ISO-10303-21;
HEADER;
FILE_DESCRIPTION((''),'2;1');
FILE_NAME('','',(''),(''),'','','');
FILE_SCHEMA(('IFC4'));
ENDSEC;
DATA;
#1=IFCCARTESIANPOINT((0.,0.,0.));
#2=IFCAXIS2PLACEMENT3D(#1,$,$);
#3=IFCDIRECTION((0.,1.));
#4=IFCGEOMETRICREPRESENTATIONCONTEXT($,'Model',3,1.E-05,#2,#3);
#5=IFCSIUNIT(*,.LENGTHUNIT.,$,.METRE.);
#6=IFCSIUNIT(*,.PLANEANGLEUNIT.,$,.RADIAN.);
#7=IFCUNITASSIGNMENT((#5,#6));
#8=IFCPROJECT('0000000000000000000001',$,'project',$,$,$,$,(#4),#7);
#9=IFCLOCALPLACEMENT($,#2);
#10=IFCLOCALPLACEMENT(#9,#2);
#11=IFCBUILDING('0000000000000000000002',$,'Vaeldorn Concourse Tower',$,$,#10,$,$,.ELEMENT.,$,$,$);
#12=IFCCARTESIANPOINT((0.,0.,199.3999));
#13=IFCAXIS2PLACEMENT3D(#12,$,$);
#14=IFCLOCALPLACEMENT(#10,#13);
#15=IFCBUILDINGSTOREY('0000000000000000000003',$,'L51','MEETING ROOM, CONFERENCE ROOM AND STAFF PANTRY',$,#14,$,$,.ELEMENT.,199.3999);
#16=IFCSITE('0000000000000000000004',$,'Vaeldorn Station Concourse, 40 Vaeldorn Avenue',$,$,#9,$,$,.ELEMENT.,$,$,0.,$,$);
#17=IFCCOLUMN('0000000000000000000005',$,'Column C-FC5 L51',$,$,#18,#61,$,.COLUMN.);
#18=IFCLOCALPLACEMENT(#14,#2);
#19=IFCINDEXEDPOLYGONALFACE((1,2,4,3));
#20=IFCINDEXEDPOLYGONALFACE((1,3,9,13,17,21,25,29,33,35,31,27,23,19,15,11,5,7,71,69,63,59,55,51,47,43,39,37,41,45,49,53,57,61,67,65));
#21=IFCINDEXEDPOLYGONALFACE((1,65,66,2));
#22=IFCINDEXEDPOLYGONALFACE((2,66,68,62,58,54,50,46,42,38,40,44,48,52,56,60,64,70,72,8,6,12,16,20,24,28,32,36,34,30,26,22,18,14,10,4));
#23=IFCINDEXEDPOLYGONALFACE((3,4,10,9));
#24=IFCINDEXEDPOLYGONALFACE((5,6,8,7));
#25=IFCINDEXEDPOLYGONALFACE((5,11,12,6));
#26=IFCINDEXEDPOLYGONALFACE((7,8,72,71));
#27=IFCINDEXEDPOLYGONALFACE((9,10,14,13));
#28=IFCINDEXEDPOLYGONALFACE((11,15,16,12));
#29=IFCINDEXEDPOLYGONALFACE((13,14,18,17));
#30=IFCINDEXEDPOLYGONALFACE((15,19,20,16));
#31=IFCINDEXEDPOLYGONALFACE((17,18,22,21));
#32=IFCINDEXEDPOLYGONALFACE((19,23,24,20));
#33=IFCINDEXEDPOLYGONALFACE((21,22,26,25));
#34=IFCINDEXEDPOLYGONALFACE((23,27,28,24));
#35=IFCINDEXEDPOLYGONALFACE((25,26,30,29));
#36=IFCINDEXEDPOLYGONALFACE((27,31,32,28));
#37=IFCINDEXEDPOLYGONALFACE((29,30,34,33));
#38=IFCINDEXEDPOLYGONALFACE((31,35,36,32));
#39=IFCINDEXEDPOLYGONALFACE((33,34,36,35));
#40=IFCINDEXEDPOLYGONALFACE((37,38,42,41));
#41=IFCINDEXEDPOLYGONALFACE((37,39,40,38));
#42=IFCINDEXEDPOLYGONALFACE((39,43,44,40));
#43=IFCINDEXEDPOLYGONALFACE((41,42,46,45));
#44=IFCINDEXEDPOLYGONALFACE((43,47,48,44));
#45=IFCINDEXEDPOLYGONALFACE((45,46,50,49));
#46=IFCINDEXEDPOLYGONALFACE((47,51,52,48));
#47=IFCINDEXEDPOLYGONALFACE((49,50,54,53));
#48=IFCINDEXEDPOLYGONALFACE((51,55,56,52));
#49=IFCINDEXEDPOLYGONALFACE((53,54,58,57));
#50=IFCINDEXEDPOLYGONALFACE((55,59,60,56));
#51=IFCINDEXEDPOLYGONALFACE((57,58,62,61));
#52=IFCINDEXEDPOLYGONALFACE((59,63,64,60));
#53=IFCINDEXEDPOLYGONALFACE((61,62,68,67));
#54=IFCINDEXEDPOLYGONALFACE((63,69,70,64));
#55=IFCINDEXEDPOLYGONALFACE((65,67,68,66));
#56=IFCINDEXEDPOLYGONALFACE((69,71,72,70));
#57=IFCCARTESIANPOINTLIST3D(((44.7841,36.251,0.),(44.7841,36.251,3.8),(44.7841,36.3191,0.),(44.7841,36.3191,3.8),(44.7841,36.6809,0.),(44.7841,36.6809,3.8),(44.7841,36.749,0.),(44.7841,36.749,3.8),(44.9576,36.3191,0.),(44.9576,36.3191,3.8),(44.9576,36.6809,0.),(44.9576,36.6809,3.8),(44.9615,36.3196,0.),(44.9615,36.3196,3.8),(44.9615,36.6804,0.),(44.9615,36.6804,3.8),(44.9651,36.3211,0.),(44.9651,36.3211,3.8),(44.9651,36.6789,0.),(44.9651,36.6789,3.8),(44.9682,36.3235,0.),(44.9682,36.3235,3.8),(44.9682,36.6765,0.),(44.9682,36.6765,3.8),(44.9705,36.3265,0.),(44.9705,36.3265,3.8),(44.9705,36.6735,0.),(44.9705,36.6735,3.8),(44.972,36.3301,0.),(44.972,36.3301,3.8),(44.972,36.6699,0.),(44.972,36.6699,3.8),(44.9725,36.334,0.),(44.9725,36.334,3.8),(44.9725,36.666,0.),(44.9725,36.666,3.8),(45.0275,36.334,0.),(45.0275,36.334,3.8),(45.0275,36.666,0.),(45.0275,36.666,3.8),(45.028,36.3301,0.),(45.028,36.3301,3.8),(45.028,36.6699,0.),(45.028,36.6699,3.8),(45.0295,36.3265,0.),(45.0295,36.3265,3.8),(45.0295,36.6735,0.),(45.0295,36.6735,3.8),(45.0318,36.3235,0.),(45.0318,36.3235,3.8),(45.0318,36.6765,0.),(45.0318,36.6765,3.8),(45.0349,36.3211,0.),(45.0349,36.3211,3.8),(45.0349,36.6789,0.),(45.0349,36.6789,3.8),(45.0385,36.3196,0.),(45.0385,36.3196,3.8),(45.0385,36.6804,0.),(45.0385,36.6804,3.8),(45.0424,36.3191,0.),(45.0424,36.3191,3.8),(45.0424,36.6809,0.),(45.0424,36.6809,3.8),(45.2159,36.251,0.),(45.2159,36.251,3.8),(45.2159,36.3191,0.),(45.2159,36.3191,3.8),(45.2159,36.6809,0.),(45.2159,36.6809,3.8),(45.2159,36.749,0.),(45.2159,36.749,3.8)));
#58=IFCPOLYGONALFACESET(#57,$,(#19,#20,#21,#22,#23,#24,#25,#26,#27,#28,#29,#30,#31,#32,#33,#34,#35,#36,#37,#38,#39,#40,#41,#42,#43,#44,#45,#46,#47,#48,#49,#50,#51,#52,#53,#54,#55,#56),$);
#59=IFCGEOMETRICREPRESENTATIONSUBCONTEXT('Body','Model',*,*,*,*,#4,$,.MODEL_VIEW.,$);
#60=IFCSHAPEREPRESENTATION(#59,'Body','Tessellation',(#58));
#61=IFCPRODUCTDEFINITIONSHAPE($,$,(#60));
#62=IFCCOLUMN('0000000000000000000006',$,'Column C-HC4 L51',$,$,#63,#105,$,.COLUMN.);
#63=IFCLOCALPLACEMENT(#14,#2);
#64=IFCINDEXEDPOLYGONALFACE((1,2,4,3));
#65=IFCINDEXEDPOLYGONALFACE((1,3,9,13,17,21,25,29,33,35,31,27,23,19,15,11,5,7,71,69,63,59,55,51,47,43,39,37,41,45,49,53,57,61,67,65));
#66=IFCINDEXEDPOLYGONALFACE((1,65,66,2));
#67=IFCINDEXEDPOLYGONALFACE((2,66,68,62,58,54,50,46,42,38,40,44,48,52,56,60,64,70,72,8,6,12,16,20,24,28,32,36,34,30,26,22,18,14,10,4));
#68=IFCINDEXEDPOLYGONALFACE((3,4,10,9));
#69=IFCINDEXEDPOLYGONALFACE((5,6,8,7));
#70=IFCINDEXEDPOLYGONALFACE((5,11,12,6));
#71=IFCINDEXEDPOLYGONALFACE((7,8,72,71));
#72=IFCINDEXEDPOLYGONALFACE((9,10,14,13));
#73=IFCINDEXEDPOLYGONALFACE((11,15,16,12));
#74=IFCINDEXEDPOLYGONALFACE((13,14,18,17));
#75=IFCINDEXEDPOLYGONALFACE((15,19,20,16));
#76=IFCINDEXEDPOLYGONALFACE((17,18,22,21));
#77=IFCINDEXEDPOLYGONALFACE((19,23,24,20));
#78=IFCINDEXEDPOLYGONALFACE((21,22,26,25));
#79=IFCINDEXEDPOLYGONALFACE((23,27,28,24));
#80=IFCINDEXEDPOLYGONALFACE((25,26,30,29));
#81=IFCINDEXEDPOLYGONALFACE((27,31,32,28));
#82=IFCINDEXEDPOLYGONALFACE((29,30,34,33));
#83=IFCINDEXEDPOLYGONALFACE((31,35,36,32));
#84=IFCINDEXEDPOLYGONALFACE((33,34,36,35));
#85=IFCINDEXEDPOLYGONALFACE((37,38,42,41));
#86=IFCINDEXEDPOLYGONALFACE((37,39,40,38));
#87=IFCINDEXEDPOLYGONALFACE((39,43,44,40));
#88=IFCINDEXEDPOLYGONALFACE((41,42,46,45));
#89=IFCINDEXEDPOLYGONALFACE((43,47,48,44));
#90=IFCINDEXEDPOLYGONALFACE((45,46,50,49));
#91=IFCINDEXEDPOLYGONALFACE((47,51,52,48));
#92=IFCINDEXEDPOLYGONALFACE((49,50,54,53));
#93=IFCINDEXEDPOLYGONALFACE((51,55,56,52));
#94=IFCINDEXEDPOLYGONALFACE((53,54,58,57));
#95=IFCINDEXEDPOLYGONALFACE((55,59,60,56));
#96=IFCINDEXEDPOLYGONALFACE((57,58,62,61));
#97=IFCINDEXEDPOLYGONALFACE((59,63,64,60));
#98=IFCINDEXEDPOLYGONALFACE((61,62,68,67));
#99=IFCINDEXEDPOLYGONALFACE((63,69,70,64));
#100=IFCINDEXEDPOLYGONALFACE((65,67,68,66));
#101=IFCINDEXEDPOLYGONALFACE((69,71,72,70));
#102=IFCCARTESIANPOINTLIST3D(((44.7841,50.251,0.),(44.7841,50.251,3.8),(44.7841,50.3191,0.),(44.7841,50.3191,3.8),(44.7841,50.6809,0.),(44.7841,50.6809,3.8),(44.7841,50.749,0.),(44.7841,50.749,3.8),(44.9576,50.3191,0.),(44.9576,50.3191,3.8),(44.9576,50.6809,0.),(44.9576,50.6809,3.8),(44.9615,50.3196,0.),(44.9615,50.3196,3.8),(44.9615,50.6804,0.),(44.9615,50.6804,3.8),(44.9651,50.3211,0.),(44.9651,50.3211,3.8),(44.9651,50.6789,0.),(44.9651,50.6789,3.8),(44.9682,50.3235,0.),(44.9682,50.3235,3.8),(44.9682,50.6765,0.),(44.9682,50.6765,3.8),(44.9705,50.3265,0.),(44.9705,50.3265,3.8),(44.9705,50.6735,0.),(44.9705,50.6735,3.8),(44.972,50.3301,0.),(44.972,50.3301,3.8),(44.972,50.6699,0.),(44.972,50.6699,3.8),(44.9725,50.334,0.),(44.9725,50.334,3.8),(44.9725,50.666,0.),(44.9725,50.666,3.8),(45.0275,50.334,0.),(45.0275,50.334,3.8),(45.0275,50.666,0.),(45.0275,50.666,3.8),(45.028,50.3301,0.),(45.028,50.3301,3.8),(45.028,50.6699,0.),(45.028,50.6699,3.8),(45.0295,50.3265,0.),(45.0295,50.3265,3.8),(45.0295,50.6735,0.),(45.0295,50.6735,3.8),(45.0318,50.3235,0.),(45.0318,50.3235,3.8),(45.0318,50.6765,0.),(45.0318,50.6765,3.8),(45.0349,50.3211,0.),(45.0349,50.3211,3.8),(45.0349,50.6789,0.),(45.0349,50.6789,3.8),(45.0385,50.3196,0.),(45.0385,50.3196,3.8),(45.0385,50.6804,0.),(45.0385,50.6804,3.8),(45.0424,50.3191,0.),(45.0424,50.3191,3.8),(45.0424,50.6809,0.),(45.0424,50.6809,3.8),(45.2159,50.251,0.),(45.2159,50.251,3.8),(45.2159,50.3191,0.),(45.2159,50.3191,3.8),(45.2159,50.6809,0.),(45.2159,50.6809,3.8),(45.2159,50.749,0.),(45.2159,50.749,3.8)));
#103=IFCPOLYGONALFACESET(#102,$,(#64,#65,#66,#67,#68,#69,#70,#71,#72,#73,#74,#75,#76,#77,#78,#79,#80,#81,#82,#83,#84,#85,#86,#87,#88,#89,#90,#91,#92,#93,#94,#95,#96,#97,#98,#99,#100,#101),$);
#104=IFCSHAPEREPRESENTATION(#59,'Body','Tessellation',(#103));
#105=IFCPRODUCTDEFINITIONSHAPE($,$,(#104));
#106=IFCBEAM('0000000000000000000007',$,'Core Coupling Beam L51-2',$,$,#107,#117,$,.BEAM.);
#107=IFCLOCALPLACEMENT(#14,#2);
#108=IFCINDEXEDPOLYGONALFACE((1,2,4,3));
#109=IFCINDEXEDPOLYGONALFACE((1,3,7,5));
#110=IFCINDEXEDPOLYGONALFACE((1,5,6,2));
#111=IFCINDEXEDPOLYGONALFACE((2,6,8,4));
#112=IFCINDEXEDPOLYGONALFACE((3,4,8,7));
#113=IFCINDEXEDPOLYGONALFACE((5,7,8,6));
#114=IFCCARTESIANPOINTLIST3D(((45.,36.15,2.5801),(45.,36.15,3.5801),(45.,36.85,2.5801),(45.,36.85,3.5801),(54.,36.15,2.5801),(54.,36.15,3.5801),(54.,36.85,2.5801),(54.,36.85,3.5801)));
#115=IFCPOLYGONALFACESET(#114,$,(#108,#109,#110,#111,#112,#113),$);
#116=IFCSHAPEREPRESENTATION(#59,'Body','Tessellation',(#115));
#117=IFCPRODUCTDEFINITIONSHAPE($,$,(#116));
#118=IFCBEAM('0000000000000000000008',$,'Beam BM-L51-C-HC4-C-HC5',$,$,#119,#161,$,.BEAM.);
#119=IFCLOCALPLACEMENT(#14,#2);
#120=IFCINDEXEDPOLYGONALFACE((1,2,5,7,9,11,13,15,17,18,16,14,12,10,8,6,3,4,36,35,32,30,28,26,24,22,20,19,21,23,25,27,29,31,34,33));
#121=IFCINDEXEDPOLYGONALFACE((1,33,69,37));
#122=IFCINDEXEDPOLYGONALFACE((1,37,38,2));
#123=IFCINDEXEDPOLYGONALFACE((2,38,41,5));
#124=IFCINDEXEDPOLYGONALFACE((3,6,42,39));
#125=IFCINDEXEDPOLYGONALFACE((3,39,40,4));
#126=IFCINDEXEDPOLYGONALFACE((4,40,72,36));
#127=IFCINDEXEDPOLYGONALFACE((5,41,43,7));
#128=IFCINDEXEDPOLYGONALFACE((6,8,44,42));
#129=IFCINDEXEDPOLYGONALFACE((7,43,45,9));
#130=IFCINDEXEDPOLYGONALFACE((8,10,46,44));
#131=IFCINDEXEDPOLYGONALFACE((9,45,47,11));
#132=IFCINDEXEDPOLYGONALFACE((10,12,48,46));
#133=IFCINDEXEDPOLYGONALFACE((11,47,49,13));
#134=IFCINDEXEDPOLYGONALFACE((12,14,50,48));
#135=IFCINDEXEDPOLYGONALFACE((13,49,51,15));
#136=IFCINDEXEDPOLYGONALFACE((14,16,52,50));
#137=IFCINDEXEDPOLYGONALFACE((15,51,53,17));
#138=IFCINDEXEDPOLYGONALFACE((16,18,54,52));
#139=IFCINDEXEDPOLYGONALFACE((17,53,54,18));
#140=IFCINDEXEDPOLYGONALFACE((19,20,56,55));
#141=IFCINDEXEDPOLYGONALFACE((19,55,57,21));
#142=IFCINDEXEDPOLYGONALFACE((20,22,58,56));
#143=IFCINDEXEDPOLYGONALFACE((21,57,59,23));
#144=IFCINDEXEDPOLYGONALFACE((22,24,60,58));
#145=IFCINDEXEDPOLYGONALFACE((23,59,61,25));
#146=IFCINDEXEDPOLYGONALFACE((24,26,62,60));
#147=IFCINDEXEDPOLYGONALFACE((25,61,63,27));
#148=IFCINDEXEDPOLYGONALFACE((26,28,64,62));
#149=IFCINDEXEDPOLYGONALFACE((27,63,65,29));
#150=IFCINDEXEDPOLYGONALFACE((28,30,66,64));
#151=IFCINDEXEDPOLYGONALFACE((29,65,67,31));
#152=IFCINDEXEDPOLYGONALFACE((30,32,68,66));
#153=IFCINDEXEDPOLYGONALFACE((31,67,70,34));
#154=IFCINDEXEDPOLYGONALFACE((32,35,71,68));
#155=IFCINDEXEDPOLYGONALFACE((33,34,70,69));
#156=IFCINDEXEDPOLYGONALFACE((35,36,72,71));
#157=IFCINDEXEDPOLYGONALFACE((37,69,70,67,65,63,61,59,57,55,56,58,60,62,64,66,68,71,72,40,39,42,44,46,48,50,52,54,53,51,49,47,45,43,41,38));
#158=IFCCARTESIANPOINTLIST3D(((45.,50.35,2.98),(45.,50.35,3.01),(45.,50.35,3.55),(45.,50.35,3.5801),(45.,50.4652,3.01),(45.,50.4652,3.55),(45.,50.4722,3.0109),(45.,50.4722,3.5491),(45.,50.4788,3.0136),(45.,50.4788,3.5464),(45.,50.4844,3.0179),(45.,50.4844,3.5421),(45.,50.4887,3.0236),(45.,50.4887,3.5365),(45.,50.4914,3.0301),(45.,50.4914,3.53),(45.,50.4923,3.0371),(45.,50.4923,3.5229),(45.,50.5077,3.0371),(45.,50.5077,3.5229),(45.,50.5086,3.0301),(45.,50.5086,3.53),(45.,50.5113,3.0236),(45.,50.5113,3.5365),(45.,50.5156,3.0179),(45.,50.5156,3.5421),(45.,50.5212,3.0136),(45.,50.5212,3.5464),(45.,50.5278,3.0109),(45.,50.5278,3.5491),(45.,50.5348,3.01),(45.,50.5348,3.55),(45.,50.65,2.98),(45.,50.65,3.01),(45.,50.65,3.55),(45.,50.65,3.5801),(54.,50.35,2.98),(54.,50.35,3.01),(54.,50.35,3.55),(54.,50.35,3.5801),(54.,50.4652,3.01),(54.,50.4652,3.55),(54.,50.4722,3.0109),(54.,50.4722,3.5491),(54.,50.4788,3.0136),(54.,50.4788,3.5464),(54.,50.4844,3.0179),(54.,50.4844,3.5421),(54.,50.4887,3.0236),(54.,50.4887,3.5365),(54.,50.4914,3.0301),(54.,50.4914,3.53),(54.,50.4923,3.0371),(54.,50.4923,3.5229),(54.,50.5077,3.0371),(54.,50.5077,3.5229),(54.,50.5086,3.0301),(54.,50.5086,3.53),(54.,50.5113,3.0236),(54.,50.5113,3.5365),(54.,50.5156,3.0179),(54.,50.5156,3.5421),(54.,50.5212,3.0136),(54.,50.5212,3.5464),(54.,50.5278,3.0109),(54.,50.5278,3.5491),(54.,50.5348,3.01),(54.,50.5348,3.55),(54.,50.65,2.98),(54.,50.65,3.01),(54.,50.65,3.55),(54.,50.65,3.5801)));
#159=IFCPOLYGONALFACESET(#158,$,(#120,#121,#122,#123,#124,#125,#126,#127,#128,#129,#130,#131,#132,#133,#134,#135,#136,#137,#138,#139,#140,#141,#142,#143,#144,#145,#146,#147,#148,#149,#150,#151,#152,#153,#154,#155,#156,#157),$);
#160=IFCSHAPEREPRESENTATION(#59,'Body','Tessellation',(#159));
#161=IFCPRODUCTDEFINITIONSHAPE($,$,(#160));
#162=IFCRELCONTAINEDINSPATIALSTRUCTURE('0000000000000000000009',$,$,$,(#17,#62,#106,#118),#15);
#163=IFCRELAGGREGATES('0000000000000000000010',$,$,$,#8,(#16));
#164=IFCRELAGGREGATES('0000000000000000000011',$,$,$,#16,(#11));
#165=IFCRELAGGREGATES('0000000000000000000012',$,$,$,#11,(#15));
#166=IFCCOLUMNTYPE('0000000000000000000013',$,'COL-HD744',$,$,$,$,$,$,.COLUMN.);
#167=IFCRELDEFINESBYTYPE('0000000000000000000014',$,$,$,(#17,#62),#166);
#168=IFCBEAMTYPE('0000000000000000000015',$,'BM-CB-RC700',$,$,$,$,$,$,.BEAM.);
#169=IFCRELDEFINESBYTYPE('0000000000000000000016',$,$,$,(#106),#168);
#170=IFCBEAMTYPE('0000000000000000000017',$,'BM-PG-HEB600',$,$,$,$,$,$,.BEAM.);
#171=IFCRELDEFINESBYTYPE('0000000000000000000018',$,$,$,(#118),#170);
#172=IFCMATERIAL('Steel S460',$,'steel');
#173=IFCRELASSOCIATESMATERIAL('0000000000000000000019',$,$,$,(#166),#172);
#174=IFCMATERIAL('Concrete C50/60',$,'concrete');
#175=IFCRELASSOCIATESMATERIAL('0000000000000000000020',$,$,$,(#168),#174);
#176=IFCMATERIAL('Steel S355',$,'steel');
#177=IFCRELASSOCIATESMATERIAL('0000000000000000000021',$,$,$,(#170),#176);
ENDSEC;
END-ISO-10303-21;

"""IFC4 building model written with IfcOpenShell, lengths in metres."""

from ifc_helpers import new_model, si_unit, direction, frame, origin, origin_2d, place, context, subcontext, project, spatial, rectangle, i_section, extrude, source, transform, mapped, material, material_profile, profile_set, type_object, element, save


model = new_model("IFC4")

# Units and contexts
model_context = context("Model", 3, precision=1e-05, world=origin(), true_north=direction((0.0, 1.0)))
body_context = subcontext(model_context, "Body", "Model", "MODEL_VIEW")
ifc_project = project(units=[si_unit("LENGTHUNIT", "METRE"), si_unit("PLANEANGLEUNIT", "RADIAN")], contexts=[model_context])

# Site, building, storey
site_placement = place(None, origin())
site = spatial("IfcSite", under=ifc_project, at=site_placement, Name="Vaeldorn Station Concourse, 40 Vaeldorn Avenue", CompositionType="ELEMENT", RefElevation=0.0)
building_placement = place(site_placement, origin())
building = spatial("IfcBuilding", under=site, at=building_placement, Name="Vaeldorn Concourse Tower", CompositionType="ELEMENT")
storey_placement = place(building_placement, frame((0.0, 0.0, 199.3999)))
storey = spatial("IfcBuildingStorey", under=building, at=storey_placement, Name="L51", Description="MEETING ROOM, CONFERENCE ROOM AND STAFF PANTRY", CompositionType="ELEMENT", Elevation=199.3999)

# Columns
ifc_material_1 = material(Name="Steel S460", Category="steel")
ifc_material_profile_1 = material_profile(ifc_material_1, i_section(OverallWidth=0.4319, OverallDepth=0.498, WebThickness=0.0549, FlangeThickness=0.0681, FilletRadius=0.0149, at=origin_2d()), Name="HD 400x744")
ifc_profile_set_1 = profile_set([ifc_material_profile_1], Name="Steel S460")
column_type = type_object("IfcColumnType", Name="COL-HD744", PredefinedType="COLUMN", material=ifc_profile_set_1)
shared_shape_1 = source(origin(), body_context, "Body", "SweptSolid", [
    extrude(i_section(OverallWidth=0.4319, OverallDepth=0.498, WebThickness=0.0549, FlangeThickness=0.0681, FilletRadius=0.0149, at=origin_2d()), origin(), (0.0, 0.0, 1.0), 3.8),
])
for number, where, z_axis, x_axis, name in (
    (1, (45.0, 36.5, 0.0), (0.0, 0.0, 1.0), (1.0, 0.0, 0.0), "Column C-FC5 L51"),
    (2, (45.0, 50.5, 0.0), (0.0, 0.0, 1.0), (1.0, 0.0, 0.0), "Column C-HC4 L51"),
):
    element("IfcColumn", number, at=place(storey_placement, frame(where, z_axis=z_axis, x_axis=x_axis)), inside=storey, type_object=column_type, Name=name, PredefinedType="COLUMN", context=body_context, shape_type="MappedRepresentation", body=[
        mapped(shared_shape_1, transform((0.0, 0.0, 0.0), scale=1.0)),
    ])

# Beams
ifc_material_2 = material(Name="Concrete C50/60", Category="concrete")
ifc_material_profile_2 = material_profile(ifc_material_2, rectangle(XDim=0.7, YDim=1.0, at=origin_2d()), Name="RC 700x1000")
ifc_profile_set_2 = profile_set([ifc_material_profile_2], Name="Concrete C50/60")
beam_type_1 = type_object("IfcBeamType", Name="BM-CB-RC700", PredefinedType="BEAM", material=ifc_profile_set_2)
shared_shape_2 = source(origin(), body_context, "Body", "SweptSolid", [
    extrude(rectangle(XDim=0.7, YDim=1.0, at=origin_2d()), origin(), (0.0, 0.0, 1.0), 9.0),
])
beam_1_placement = place(storey_placement, frame((45.0, 36.5, 3.0801), z_axis=(1.0, 0.0, 0.0), x_axis=(0.0, 1.0, 0.0)))
element("IfcBeam", 3, at=beam_1_placement, inside=storey, type_object=beam_type_1, Name="Core Coupling Beam L51-2", PredefinedType="BEAM", context=body_context, shape_type="MappedRepresentation", body=[
    mapped(shared_shape_2, transform((0.0, 0.0, 0.0), scale=1.0)),
])
ifc_material_3 = material(Name="Steel S355", Category="steel")
ifc_material_profile_3 = material_profile(ifc_material_3, i_section(OverallWidth=0.3, OverallDepth=0.6001, WebThickness=0.0154, FlangeThickness=0.03, FilletRadius=0.0271, at=origin_2d()), Name="HEB 600")
ifc_profile_set_3 = profile_set([ifc_material_profile_3], Name="Steel S355")
beam_type_2 = type_object("IfcBeamType", Name="BM-PG-HEB600", PredefinedType="BEAM", material=ifc_profile_set_3)
shared_shape_3 = source(origin(), body_context, "Body", "SweptSolid", [
    extrude(i_section(OverallWidth=0.3, OverallDepth=0.6001, WebThickness=0.0154, FlangeThickness=0.03, FilletRadius=0.0271, at=origin_2d()), origin(), (0.0, 0.0, 1.0), 9.0),
])
beam_2_placement = place(storey_placement, frame((45.0, 50.5, 3.28), z_axis=(1.0, 0.0, 0.0), x_axis=(0.0, 1.0, 0.0)))
element("IfcBeam", 4, at=beam_2_placement, inside=storey, type_object=beam_type_2, Name="Beam BM-L51-C-HC4-C-HC5", PredefinedType="BEAM", context=body_context, shape_type="MappedRepresentation", body=[
    mapped(shared_shape_3, transform((0.0, 0.0, 0.0), scale=1.0)),
])

save(model, "model.ifc")
